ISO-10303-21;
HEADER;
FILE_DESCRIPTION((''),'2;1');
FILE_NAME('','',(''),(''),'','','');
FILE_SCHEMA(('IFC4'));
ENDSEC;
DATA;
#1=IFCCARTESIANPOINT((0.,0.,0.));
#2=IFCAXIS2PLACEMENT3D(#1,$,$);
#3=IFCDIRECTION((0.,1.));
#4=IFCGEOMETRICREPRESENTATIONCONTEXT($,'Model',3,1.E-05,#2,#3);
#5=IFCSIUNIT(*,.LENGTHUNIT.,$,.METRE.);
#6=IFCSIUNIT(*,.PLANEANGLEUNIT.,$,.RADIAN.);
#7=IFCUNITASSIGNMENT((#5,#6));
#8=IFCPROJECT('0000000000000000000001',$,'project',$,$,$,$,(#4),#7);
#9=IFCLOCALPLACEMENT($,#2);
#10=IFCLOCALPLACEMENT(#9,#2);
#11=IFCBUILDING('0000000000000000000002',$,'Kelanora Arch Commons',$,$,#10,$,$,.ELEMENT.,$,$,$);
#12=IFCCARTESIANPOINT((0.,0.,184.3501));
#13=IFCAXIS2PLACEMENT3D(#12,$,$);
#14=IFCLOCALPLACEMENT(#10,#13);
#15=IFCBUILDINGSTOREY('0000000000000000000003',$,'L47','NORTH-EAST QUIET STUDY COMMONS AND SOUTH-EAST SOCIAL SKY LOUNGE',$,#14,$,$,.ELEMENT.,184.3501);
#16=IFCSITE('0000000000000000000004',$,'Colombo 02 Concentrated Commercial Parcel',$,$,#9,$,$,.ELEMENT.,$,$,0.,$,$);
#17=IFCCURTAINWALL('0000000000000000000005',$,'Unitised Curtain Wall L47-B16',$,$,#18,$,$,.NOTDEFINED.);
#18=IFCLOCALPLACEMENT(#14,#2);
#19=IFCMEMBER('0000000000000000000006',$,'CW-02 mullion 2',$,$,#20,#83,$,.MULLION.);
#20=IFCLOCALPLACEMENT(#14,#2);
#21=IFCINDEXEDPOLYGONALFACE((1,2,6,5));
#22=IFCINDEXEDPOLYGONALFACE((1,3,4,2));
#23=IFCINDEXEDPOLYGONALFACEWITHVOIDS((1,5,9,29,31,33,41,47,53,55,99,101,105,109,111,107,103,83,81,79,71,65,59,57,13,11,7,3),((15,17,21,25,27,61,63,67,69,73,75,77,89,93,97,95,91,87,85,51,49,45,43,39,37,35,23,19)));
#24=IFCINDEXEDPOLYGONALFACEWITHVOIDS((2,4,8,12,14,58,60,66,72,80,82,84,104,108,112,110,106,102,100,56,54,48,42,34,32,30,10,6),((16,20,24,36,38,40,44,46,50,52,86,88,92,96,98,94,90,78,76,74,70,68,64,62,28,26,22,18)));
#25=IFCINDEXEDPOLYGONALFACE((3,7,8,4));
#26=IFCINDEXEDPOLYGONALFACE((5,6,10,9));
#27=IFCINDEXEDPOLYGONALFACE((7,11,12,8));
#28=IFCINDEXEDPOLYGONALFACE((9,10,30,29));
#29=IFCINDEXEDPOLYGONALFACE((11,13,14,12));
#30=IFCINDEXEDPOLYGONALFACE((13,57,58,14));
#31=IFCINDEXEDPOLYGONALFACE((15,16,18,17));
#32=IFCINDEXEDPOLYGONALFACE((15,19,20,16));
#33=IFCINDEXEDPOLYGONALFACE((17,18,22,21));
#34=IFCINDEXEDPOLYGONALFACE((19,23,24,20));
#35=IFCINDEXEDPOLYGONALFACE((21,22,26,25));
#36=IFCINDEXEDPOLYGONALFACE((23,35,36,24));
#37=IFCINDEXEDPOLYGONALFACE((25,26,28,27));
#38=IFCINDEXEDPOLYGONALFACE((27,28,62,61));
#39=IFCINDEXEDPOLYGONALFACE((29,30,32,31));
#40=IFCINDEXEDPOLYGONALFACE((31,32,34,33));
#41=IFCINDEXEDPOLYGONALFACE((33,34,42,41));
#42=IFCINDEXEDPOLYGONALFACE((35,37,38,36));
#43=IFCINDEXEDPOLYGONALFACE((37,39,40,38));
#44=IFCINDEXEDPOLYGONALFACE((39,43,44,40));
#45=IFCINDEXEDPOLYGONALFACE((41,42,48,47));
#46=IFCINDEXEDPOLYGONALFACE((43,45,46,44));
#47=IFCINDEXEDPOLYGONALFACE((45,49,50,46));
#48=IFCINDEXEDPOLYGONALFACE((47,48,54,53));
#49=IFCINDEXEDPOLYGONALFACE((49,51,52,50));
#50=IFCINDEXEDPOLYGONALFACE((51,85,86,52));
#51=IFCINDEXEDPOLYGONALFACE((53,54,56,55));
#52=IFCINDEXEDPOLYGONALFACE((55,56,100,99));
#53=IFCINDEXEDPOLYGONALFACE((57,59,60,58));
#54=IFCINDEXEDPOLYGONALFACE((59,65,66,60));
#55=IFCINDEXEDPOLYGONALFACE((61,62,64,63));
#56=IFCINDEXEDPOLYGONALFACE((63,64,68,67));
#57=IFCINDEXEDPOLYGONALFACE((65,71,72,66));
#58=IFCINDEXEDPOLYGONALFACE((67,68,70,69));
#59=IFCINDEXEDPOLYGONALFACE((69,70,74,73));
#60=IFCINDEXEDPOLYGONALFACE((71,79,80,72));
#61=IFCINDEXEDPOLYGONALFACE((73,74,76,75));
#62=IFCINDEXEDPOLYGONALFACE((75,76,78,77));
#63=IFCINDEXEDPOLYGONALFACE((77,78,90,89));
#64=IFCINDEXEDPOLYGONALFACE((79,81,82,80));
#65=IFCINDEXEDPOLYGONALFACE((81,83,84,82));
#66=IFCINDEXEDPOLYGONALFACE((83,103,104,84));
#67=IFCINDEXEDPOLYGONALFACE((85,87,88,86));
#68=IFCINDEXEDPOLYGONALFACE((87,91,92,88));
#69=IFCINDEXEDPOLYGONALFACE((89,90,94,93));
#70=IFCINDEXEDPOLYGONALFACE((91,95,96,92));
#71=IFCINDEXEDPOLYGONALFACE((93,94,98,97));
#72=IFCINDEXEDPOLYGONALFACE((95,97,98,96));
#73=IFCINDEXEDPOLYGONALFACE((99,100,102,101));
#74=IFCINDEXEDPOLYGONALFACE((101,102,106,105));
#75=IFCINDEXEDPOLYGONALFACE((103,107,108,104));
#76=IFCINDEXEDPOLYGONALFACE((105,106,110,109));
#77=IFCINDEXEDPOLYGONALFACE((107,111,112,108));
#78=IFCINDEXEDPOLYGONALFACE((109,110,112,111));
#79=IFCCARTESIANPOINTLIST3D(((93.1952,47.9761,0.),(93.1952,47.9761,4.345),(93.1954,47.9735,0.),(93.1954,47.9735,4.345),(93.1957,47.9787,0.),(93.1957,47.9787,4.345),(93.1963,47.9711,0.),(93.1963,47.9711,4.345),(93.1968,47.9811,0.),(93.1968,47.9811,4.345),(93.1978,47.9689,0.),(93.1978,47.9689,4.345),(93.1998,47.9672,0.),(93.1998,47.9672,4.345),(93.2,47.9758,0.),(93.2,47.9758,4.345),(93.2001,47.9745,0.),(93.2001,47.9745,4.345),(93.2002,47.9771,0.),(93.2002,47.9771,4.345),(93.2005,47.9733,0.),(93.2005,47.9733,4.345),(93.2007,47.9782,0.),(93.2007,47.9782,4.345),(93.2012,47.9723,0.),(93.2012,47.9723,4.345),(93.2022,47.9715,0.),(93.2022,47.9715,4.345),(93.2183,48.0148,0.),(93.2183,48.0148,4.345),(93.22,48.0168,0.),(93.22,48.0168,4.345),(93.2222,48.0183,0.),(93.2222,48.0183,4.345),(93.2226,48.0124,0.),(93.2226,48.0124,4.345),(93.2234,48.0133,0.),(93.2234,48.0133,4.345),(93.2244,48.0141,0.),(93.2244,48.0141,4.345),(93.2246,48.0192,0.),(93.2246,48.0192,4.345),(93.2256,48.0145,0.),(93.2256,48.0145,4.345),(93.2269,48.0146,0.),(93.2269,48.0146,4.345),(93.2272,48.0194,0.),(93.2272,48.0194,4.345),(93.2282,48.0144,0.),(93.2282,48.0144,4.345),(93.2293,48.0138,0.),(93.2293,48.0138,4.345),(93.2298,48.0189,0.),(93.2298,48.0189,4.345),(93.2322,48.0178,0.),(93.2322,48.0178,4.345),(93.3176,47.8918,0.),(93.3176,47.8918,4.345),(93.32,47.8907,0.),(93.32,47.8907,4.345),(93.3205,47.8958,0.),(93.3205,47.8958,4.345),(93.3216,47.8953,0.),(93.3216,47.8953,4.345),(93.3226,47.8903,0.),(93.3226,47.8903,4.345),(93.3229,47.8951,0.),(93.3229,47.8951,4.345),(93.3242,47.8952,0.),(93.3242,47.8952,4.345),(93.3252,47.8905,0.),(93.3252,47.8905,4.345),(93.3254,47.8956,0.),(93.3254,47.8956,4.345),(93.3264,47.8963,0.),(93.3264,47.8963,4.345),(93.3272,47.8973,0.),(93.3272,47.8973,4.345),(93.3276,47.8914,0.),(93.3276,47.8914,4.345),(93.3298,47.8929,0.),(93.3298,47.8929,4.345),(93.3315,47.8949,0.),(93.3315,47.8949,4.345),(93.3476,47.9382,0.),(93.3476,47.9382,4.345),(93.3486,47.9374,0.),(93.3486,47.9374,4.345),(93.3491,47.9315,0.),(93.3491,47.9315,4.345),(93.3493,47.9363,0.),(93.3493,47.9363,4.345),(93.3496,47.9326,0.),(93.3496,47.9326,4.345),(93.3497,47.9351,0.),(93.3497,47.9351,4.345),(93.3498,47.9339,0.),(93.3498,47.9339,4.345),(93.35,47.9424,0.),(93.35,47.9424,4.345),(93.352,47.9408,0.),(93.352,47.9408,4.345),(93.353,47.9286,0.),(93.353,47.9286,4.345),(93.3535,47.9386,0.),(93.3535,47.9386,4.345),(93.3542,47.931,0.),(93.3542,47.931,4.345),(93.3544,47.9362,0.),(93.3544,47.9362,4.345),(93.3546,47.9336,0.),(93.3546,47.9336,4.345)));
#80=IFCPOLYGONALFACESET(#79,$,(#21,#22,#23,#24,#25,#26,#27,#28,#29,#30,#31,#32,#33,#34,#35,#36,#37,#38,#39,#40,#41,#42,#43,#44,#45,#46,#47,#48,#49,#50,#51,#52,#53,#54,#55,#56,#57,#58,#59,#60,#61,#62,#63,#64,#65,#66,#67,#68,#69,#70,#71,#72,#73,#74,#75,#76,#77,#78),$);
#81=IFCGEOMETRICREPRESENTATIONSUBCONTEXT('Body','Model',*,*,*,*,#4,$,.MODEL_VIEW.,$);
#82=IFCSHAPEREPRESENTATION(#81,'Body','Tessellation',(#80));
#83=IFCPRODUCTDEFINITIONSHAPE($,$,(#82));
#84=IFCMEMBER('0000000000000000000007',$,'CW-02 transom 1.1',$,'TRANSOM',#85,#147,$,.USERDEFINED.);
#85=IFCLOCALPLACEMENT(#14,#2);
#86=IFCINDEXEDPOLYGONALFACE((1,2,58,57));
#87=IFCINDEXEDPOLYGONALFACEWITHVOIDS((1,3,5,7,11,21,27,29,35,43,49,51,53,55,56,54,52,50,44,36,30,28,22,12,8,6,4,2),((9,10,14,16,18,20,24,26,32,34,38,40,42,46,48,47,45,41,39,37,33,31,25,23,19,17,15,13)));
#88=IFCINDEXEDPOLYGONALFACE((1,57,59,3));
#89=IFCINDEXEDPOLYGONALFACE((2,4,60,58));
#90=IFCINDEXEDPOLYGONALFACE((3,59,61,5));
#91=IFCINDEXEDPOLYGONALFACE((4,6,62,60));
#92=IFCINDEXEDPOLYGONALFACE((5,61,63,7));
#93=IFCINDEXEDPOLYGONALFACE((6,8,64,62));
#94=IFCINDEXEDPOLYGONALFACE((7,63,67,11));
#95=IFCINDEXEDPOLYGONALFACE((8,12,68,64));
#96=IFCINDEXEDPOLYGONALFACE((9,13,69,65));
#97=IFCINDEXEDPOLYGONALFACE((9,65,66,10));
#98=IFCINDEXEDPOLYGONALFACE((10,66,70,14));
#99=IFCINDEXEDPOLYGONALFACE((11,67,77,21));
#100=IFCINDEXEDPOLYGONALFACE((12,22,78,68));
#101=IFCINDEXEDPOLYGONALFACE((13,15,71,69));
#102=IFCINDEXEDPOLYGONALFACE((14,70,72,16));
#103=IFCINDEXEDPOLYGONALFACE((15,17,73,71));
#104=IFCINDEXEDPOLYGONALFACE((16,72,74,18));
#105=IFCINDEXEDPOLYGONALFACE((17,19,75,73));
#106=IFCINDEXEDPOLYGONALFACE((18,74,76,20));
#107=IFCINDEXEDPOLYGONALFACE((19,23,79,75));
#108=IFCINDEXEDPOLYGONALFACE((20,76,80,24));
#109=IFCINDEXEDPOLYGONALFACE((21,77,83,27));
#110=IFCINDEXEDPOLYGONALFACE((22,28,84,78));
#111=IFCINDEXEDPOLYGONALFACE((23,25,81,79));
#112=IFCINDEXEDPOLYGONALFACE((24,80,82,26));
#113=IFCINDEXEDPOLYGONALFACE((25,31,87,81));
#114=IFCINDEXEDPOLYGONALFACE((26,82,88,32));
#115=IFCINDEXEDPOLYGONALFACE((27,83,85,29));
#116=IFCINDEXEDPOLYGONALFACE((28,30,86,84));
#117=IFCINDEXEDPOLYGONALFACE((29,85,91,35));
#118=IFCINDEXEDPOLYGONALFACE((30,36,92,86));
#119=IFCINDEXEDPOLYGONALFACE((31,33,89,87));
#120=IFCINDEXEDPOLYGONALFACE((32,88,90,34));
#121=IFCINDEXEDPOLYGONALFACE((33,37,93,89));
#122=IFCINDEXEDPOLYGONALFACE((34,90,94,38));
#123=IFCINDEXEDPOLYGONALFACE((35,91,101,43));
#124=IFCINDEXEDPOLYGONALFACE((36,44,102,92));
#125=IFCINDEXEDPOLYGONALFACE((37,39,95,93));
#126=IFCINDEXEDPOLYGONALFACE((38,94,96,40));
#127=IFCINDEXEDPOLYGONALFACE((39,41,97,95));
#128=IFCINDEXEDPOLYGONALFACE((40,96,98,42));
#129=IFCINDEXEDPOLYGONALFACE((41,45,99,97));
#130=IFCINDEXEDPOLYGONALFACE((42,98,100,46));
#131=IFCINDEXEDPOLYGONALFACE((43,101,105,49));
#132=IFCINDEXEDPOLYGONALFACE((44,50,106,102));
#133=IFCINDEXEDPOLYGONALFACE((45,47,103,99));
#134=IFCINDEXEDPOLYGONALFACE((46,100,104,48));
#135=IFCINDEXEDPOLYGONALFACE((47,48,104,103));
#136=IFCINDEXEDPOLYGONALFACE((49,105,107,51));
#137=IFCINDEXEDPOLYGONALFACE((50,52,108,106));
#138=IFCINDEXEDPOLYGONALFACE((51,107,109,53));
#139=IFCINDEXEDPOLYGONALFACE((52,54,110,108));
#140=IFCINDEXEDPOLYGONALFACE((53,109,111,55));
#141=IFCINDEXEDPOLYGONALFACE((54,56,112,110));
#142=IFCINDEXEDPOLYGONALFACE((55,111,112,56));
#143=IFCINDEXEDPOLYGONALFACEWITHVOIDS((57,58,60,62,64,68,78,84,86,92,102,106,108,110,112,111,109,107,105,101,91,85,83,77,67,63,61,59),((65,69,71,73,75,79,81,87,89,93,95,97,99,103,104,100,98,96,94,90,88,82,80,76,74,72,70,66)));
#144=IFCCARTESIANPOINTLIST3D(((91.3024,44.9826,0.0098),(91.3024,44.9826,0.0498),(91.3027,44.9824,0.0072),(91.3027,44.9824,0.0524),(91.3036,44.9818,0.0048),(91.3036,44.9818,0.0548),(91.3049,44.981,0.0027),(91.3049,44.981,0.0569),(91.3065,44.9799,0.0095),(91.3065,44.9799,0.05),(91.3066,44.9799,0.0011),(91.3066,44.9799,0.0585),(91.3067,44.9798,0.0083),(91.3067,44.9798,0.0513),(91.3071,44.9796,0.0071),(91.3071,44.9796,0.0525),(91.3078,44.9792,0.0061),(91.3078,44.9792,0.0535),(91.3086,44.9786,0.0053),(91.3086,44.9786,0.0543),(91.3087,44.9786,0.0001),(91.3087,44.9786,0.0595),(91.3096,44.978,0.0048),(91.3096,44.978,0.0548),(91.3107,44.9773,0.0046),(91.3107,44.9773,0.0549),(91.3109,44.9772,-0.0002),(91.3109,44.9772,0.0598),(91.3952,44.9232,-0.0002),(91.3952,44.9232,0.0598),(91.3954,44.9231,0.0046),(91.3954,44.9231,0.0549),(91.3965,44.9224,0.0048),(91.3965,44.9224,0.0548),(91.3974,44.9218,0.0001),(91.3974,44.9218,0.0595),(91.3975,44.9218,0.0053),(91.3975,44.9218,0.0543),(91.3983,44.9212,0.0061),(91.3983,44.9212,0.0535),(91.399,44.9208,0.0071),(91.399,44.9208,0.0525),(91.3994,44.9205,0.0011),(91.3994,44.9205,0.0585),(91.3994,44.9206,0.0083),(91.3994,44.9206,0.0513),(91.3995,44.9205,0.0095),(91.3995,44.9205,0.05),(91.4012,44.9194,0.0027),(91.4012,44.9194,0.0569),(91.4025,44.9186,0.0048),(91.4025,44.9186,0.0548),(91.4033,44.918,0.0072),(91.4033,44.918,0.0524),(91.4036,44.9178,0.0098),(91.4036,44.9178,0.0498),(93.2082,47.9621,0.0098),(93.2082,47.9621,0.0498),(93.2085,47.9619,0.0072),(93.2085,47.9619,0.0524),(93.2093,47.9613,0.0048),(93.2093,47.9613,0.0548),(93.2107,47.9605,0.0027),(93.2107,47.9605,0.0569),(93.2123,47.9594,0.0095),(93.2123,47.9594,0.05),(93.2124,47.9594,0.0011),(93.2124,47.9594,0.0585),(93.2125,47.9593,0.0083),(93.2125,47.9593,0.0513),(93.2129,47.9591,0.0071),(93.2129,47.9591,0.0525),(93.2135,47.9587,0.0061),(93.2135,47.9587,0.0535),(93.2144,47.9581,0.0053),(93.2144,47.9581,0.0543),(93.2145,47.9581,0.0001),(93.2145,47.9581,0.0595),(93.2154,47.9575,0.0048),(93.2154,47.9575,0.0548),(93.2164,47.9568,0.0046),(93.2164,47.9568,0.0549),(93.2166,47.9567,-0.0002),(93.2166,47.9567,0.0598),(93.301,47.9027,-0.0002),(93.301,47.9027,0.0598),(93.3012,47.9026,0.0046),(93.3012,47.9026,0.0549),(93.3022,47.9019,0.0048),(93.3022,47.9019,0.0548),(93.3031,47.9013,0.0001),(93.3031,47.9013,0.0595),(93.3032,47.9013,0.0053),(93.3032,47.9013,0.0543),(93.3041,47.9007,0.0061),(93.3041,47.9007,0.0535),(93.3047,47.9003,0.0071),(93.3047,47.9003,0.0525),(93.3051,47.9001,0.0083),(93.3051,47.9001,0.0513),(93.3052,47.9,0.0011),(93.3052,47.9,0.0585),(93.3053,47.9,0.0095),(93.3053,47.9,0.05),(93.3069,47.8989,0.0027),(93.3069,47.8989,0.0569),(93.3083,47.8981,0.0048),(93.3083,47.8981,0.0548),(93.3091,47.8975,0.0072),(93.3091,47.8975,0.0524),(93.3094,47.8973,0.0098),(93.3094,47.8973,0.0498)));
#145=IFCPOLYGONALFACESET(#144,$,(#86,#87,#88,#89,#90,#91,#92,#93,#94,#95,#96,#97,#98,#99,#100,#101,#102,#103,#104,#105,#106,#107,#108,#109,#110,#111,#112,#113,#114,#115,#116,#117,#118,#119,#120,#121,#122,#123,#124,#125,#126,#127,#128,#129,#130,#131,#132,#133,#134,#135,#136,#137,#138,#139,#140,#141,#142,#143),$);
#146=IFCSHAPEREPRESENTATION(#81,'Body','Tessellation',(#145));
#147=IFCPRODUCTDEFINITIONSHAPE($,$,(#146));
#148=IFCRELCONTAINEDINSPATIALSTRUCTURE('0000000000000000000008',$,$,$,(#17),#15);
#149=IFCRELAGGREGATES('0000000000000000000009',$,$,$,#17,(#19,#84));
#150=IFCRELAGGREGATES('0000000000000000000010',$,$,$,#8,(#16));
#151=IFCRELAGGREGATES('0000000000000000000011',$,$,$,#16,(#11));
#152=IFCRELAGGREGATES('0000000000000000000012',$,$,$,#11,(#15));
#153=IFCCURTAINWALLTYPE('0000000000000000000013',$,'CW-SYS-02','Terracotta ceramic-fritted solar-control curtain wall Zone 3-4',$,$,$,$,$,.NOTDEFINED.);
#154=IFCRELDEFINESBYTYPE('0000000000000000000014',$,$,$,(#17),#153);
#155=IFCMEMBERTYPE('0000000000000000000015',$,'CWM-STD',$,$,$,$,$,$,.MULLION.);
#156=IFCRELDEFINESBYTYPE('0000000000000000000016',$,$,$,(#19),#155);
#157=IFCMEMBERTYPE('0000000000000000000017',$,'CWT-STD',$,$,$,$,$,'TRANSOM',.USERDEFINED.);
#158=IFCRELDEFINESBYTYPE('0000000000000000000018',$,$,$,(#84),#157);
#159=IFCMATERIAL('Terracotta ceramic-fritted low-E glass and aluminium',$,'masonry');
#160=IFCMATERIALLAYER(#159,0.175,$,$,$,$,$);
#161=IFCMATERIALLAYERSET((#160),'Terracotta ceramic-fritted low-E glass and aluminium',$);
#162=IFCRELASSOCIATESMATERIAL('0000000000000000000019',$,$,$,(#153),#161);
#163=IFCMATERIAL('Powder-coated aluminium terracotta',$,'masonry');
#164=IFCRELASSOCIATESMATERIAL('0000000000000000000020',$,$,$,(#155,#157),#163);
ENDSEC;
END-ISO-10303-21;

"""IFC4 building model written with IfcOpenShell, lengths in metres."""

from ifc_helpers import new_model, si_unit, direction, frame, origin, origin_2d, place, context, subcontext, project, spatial, hollow_rectangle, extrude, material, layer, layer_set, material_profile, profile_set, type_object, element, aggregate, save


model = new_model("IFC4")

# Units and contexts
model_context = context("Model", 3, precision=1e-05, world=origin(), true_north=direction((0.0, 1.0)))
body_context = subcontext(model_context, "Body", "Model", "MODEL_VIEW")
ifc_project = project(units=[si_unit("LENGTHUNIT", "METRE"), si_unit("PLANEANGLEUNIT", "RADIAN")], contexts=[model_context])

# Site, building, storey
site_placement = place(None, origin())
site = spatial("IfcSite", under=ifc_project, at=site_placement, Name="Colombo 02 Concentrated Commercial Parcel", CompositionType="ELEMENT", RefElevation=0.0)
building_placement = place(site_placement, origin())
building = spatial("IfcBuilding", under=site, at=building_placement, Name="Kelanora Arch Commons", CompositionType="ELEMENT")
storey_placement = place(building_placement, frame((0.0, 0.0, 184.3501)))
storey = spatial("IfcBuildingStorey", under=building, at=storey_placement, Name="L47", Description="NORTH-EAST QUIET STUDY COMMONS AND SOUTH-EAST SOCIAL SKY LOUNGE", CompositionType="ELEMENT", Elevation=184.3501)

# Shared definitions
ifc_material_1 = material(Name="Terracotta ceramic-fritted low-E glass and aluminium", Category="masonry")
ifc_layer_1 = layer(ifc_material_1, 0.175)
ifc_layer_set_1 = layer_set([ifc_layer_1], Name="Terracotta ceramic-fritted low-E glass and aluminium")
curtain_wall_type = type_object("IfcCurtainWallType", Name="CW-SYS-02", Description="Terracotta ceramic-fritted solar-control curtain wall Zone 3-4", PredefinedType="NOTDEFINED", material=ifc_layer_set_1)
ifc_material_2 = material(Name="Powder-coated aluminium terracotta", Category="masonry")
ifc_material_profile_1 = material_profile(ifc_material_2, hollow_rectangle(XDim=0.1599, YDim=0.0601, WallThickness=0.0049, InnerFilletRadius=0.0049, OuterFilletRadius=0.01, at=origin_2d()), Name="CWM160x60")
ifc_profile_set_1 = profile_set([ifc_material_profile_1], Name="Powder-coated aluminium terracotta")
member_type_1 = type_object("IfcMemberType", Name="CWM-STD", PredefinedType="MULLION", material=ifc_profile_set_1)

# Curtain wall, members
curtain_wall_1_placement = place(storey_placement, origin())
curtain_wall_1 = element("IfcCurtainWall", 1, at=curtain_wall_1_placement, inside=storey, type_object=curtain_wall_type, Name="Unitised Curtain Wall L47-B16", PredefinedType="NOTDEFINED")
member_1_placement = place(storey_placement, frame((93.2749, 47.9548, 0.0), z_axis=(0.0, 0.0, 1.0), x_axis=(-0.842423, 0.538817, 0.0)))
member_1 = element("IfcMember", 2, at=member_1_placement, type_object=member_type_1, Name="CW-02 mullion 2", PredefinedType="MULLION", context=body_context, shape_type="SweptSolid", body=[
    extrude(hollow_rectangle(XDim=0.1599, YDim=0.0601, WallThickness=0.0049, InnerFilletRadius=0.0049, OuterFilletRadius=0.01, at=origin_2d()), origin(), (0.0, 0.0, 1.0), 4.345),
])
ifc_material_profile_2 = material_profile(ifc_material_2, hollow_rectangle(XDim=0.1201, YDim=0.0601, WallThickness=0.0049, InnerFilletRadius=0.0049, OuterFilletRadius=0.01, at=origin_2d()), Name="CWT120x60")
ifc_profile_set_2 = profile_set([ifc_material_profile_2], Name="Powder-coated aluminium terracotta")
member_type_2 = type_object("IfcMemberType", Name="CWT-STD", ElementType="TRANSOM", PredefinedType="USERDEFINED", material=ifc_profile_set_2)
member_2_placement = place(storey_placement, frame((91.353, 44.9502, 0.0298), z_axis=(0.53883, 0.842414, 0.0), x_axis=(-0.842414, 0.53883, 0.0)))
member_2 = element("IfcMember", 3, at=member_2_placement, type_object=member_type_2, Name="CW-02 transom 1.1", ObjectType="TRANSOM", PredefinedType="USERDEFINED", context=body_context, shape_type="SweptSolid", body=[
    extrude(hollow_rectangle(XDim=0.1201, YDim=0.0601, WallThickness=0.0049, InnerFilletRadius=0.0049, OuterFilletRadius=0.01, at=origin_2d()), origin(), (0.0, 0.0, 1.0), 3.5369),
])

aggregate(curtain_wall_1, [member_1, member_2])

save(model, "model.ifc")
